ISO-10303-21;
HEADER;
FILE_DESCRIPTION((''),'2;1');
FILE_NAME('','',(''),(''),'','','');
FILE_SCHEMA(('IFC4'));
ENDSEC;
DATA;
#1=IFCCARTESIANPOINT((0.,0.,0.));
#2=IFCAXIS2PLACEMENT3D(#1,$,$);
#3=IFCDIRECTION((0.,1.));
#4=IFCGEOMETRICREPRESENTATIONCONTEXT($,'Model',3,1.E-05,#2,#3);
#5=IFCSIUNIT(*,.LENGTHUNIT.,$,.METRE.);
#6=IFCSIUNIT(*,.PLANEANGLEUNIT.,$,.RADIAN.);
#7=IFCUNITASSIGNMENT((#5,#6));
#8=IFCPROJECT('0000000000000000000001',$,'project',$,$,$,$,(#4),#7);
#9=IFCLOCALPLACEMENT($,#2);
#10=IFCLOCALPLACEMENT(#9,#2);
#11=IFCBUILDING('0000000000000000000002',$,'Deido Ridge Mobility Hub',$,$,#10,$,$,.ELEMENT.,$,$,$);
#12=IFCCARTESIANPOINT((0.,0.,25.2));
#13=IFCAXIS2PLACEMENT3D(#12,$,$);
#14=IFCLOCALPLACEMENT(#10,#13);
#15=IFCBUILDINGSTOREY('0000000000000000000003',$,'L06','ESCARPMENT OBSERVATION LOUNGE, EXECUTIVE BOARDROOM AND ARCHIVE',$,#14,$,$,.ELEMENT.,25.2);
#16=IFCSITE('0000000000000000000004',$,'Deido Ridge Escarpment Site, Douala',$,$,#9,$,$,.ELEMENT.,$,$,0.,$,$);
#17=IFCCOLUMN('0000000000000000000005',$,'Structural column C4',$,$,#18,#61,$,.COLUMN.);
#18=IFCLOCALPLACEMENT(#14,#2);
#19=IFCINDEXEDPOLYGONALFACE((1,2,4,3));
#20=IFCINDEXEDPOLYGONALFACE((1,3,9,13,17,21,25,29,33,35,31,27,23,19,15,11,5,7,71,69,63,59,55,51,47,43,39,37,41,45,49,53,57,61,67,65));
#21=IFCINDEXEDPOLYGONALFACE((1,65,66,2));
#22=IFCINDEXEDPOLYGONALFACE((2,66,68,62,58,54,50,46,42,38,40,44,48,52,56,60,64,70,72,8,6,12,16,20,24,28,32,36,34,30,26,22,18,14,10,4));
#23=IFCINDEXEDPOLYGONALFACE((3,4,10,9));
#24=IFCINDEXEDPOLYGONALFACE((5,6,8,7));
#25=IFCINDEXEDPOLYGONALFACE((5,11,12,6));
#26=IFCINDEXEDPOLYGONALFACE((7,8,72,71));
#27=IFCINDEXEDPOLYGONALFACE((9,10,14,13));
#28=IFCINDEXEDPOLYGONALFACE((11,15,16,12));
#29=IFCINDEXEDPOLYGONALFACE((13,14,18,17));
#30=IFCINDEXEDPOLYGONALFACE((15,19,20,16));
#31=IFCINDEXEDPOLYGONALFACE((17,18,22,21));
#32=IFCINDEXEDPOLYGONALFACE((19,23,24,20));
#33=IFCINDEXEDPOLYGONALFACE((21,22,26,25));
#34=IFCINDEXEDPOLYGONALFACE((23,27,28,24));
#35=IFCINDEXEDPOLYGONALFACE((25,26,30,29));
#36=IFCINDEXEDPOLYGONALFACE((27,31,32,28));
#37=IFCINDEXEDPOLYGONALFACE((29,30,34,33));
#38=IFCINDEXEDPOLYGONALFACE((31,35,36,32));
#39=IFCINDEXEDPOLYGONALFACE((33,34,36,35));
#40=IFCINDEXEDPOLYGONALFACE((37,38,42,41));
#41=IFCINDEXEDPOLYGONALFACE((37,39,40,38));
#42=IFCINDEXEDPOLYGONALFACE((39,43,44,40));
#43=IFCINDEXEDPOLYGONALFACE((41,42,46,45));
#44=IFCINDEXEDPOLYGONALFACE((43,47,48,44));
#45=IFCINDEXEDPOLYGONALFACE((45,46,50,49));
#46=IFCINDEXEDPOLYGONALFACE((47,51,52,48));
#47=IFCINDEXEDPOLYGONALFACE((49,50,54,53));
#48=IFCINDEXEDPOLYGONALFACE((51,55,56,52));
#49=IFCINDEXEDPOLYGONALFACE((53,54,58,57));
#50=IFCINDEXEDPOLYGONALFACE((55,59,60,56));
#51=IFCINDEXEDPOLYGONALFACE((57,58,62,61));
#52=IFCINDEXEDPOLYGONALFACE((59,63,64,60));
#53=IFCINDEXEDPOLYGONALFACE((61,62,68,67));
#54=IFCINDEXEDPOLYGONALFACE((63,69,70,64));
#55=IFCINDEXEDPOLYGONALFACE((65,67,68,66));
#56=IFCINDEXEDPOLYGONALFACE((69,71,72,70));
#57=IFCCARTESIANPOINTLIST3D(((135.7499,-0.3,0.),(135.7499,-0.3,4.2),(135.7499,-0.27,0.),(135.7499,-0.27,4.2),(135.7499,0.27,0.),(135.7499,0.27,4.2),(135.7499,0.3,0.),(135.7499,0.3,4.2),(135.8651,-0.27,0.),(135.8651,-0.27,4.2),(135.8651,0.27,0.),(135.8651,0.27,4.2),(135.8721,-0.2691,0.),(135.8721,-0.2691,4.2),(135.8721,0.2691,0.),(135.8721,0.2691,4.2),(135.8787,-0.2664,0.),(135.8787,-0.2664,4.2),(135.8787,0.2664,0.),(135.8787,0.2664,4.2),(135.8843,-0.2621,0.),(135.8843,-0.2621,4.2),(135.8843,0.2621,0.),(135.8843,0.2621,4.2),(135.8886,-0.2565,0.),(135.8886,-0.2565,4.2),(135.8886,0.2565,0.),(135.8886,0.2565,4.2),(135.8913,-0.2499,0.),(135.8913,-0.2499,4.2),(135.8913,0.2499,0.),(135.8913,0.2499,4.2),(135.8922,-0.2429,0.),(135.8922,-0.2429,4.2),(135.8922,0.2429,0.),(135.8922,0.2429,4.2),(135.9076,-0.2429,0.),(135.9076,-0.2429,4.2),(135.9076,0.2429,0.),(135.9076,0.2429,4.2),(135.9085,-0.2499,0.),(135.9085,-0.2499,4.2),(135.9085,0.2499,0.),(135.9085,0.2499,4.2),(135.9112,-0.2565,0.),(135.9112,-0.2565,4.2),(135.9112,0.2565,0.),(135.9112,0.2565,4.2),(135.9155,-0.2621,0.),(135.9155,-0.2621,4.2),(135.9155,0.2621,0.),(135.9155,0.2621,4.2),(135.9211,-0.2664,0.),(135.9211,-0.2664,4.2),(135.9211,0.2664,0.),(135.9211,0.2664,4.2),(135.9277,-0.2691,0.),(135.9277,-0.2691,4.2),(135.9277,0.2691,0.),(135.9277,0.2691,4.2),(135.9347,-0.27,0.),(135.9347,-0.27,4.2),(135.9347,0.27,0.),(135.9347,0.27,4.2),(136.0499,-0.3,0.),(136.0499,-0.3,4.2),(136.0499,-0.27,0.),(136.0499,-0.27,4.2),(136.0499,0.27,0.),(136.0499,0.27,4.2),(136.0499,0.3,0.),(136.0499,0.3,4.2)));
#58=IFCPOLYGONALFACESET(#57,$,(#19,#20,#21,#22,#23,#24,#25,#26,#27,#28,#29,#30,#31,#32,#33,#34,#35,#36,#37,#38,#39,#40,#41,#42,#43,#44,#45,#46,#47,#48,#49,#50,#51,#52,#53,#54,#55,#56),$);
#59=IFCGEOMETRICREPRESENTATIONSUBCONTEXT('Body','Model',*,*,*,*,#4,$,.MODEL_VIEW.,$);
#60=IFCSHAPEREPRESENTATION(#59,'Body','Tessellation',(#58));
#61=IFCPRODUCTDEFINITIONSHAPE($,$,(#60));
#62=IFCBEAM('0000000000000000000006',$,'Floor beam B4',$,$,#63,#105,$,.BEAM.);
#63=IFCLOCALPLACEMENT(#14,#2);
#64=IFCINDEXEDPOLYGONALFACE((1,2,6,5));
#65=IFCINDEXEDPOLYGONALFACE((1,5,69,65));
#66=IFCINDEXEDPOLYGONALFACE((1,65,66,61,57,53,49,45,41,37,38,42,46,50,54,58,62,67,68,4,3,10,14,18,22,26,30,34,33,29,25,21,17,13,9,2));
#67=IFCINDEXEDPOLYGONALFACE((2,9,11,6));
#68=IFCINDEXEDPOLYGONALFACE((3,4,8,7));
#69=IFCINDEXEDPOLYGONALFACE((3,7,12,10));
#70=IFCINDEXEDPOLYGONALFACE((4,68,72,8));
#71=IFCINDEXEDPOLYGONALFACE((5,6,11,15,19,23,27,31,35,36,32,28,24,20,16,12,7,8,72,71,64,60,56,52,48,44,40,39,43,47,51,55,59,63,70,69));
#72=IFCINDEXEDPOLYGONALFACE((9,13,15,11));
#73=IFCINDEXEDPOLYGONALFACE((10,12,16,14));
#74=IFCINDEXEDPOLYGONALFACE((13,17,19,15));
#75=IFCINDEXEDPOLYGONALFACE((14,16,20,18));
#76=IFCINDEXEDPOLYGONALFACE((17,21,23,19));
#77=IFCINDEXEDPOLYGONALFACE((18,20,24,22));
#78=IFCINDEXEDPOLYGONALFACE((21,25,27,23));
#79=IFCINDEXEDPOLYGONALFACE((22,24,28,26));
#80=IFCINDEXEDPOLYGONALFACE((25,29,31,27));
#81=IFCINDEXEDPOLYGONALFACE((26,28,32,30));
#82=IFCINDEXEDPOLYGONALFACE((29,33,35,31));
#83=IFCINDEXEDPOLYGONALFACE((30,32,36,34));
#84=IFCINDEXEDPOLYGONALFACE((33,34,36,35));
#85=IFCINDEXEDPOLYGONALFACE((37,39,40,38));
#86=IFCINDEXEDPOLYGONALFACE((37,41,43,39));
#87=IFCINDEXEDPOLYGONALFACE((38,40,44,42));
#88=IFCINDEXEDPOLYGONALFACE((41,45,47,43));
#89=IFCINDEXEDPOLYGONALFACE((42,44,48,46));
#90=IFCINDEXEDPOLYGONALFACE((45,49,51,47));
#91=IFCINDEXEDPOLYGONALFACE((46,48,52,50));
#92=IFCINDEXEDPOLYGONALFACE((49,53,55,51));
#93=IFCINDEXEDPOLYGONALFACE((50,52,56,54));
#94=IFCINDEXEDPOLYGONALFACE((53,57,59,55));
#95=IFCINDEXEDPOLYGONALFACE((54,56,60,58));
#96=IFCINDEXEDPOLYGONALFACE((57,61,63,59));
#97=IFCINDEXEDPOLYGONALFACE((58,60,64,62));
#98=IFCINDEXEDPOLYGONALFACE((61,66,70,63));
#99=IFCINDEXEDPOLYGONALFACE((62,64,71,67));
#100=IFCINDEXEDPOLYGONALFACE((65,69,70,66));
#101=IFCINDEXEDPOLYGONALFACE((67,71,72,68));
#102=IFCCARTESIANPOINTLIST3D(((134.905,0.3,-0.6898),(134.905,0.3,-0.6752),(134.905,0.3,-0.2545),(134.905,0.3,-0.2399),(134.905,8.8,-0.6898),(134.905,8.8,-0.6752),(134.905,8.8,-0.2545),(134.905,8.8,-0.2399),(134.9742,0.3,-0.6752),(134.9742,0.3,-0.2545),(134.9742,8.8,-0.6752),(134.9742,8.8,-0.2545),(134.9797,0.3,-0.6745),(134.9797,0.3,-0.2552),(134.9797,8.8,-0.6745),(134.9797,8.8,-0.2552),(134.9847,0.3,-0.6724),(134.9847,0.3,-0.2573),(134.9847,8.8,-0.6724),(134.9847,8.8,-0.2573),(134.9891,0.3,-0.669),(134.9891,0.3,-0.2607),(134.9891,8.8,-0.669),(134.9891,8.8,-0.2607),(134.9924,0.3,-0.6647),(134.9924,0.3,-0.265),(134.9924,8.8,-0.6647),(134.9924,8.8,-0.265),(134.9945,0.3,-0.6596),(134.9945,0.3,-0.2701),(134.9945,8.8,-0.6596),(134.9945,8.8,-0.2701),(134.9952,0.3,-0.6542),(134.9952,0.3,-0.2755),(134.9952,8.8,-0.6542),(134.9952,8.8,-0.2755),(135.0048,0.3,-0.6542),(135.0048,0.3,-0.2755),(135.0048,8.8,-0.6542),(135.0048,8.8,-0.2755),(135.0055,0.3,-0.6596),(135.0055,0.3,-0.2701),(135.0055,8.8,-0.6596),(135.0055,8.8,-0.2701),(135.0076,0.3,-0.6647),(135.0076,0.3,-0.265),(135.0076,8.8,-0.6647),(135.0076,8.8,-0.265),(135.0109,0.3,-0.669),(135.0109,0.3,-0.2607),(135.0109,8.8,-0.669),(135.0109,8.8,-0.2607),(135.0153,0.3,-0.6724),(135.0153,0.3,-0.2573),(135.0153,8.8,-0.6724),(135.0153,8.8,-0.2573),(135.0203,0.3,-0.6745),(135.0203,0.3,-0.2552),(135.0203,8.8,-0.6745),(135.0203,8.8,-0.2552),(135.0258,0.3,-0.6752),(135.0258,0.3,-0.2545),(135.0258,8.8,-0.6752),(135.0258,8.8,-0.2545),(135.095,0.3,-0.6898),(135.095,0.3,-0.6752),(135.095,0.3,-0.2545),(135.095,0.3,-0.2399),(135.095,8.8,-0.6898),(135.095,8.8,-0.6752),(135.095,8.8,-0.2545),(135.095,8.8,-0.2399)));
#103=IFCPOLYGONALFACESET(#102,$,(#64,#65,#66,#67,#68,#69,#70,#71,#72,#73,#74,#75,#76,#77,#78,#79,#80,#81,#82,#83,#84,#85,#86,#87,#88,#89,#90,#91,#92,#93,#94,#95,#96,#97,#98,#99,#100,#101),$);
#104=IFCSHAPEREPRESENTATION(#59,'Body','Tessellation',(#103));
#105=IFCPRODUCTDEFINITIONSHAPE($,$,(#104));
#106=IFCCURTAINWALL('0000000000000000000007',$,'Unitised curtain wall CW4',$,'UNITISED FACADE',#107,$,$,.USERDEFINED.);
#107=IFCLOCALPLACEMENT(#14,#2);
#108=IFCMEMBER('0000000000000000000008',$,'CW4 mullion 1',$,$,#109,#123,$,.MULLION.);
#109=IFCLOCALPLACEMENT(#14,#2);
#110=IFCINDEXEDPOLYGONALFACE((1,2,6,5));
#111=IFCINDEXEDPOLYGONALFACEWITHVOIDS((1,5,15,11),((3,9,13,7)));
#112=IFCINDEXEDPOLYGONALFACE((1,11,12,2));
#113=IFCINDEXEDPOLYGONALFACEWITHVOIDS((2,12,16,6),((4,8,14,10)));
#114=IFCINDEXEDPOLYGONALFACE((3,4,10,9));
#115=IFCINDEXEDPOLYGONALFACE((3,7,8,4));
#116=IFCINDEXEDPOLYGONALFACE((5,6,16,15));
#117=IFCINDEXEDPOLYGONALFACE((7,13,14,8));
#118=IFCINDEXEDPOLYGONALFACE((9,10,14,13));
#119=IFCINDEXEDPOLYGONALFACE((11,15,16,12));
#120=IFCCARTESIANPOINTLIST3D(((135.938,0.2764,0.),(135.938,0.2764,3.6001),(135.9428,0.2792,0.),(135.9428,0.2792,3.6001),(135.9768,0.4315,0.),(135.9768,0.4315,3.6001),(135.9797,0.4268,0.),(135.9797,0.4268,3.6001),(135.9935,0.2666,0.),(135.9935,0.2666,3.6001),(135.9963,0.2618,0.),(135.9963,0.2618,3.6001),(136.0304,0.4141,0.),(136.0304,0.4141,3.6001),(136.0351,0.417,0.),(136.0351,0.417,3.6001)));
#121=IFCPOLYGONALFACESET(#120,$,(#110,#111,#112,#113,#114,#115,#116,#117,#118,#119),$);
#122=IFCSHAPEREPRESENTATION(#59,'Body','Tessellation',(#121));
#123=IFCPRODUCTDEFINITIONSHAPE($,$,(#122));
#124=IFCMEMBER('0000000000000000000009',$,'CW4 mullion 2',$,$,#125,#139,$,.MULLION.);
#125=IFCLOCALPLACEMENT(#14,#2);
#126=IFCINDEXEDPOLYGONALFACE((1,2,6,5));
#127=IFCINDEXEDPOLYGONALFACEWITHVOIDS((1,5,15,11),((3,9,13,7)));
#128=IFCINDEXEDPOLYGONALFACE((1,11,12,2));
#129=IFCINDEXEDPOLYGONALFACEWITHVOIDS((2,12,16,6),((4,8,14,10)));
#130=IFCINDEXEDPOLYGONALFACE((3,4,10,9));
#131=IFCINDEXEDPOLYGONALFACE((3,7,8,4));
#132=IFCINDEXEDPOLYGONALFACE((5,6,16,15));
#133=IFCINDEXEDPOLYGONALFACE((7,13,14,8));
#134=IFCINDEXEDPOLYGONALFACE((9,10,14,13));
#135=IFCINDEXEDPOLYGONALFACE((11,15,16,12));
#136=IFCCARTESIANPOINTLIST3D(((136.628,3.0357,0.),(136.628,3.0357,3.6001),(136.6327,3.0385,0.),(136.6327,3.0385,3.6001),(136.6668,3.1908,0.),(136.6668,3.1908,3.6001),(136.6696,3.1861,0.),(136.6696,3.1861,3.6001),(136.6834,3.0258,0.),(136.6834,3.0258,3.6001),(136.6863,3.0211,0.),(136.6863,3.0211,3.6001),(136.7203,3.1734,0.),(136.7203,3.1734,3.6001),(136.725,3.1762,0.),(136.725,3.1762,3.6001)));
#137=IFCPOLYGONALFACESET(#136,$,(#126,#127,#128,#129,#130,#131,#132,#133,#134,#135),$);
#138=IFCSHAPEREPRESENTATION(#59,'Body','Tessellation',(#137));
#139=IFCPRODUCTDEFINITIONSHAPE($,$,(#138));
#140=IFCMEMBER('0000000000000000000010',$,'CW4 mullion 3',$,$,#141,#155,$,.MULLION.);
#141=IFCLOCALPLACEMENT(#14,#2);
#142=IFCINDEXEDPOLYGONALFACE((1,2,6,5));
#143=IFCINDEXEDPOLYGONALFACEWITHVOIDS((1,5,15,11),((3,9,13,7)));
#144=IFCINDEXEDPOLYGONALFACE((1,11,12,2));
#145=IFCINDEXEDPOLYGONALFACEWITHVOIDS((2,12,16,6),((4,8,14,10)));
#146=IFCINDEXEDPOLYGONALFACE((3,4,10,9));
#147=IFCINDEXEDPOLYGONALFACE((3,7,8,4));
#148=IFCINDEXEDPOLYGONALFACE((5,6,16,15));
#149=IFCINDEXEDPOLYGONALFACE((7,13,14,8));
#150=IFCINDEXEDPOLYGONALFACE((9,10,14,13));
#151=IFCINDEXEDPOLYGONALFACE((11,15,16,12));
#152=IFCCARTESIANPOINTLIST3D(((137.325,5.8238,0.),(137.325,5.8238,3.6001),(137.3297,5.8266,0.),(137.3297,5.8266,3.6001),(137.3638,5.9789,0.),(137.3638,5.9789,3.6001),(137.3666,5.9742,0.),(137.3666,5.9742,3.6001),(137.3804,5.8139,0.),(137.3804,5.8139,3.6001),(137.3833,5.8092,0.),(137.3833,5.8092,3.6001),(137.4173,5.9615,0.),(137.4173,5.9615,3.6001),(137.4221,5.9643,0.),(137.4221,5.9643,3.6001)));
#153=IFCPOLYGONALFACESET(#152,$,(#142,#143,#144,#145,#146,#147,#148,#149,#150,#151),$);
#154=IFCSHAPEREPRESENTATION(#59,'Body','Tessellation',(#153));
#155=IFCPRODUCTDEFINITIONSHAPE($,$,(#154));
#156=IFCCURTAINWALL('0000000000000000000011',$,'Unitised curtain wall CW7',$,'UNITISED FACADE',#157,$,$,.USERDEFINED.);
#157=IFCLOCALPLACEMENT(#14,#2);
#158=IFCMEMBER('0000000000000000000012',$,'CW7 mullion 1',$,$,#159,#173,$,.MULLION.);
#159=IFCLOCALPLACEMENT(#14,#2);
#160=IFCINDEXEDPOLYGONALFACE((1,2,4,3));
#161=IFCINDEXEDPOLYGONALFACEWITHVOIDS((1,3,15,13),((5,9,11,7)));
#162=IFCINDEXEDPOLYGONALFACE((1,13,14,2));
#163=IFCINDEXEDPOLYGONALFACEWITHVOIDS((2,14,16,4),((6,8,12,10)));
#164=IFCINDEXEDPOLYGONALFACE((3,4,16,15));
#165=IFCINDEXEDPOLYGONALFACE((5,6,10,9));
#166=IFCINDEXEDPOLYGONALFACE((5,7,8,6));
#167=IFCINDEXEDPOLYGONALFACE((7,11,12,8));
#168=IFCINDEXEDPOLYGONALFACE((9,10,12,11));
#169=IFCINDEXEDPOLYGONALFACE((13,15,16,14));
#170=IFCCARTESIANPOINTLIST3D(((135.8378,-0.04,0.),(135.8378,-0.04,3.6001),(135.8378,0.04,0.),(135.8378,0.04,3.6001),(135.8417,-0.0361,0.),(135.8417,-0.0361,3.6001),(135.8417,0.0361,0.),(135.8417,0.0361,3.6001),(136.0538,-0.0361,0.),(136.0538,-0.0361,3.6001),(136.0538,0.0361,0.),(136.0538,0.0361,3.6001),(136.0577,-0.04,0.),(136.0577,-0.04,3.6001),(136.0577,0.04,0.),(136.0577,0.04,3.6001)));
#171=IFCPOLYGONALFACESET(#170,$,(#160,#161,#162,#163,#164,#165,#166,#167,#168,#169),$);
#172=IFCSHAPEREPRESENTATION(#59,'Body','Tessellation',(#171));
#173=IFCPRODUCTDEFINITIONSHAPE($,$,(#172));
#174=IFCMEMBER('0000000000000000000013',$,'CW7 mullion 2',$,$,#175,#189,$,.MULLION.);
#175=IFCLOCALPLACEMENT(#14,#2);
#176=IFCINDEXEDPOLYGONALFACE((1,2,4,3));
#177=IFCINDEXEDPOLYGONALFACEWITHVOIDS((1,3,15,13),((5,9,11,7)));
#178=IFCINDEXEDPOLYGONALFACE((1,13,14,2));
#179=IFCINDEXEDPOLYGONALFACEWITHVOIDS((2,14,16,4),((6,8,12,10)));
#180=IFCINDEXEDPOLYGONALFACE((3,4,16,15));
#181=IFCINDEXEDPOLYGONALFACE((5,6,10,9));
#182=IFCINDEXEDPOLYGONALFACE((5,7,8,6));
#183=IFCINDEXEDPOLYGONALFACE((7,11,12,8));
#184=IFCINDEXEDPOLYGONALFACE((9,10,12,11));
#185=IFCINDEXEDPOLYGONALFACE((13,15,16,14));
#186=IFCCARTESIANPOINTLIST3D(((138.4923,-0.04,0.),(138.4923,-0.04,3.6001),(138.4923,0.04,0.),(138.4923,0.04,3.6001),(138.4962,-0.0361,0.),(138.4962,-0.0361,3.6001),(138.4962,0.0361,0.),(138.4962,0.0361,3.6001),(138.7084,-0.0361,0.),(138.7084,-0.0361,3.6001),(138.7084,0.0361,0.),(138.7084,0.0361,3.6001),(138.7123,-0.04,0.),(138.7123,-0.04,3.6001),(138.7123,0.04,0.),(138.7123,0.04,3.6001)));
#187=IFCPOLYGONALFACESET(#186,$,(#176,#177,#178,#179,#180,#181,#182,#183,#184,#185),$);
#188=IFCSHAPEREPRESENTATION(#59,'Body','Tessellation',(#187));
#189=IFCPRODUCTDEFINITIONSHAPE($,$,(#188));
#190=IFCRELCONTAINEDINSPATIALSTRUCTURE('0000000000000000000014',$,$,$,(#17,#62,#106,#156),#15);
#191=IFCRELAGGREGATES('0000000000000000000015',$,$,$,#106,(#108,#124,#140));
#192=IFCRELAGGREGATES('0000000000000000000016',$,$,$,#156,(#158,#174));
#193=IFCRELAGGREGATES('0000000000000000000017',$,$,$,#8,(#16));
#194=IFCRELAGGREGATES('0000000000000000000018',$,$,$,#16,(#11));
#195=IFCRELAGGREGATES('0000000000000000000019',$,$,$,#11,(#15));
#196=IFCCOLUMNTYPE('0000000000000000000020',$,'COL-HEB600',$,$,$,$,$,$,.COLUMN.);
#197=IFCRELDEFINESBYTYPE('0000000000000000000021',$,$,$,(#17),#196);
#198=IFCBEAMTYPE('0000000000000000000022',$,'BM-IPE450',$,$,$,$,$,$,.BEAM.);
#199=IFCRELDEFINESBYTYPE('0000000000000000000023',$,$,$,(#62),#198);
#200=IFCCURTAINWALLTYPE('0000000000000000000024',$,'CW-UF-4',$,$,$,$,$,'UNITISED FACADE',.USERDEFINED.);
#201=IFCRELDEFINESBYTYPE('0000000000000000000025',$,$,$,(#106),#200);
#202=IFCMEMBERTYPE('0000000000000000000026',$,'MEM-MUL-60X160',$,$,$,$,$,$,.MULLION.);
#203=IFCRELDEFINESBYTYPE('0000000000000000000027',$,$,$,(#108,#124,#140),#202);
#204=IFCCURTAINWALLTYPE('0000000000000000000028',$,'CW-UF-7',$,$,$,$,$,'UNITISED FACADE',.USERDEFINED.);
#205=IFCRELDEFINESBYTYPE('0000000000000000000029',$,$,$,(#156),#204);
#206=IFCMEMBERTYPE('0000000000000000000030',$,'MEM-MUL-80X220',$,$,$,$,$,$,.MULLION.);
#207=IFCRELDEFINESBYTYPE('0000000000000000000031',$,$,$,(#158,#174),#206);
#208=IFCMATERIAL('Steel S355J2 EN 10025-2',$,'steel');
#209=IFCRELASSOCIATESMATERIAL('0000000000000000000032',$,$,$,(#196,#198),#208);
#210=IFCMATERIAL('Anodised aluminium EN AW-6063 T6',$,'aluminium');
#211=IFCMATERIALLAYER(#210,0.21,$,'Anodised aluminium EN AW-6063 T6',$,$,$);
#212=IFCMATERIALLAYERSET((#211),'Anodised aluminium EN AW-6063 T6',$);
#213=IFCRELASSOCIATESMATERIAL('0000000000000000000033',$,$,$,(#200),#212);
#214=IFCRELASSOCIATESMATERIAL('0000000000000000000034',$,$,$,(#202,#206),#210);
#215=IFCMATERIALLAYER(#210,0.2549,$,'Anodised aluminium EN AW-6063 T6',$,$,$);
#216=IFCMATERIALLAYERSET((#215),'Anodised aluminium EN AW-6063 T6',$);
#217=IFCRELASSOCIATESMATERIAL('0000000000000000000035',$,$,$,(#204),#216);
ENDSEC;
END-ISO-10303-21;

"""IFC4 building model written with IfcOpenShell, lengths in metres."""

from ifc_helpers import new_model, si_unit, direction, frame, origin, origin_2d, place, context, subcontext, project, spatial, hollow_rectangle, i_section, extrude, material, layer, layer_set, material_profile, profile_set, type_object, element, aggregate, save


model = new_model("IFC4")

# Units and contexts
model_context = context("Model", 3, precision=1e-05, world=origin(), true_north=direction((0.0, 1.0)))
body_context = subcontext(model_context, "Body", "Model", "MODEL_VIEW")
ifc_project = project(units=[si_unit("LENGTHUNIT", "METRE"), si_unit("PLANEANGLEUNIT", "RADIAN")], contexts=[model_context])

# Site, building, storey
site_placement = place(None, origin())
site = spatial("IfcSite", under=ifc_project, at=site_placement, Name="Deido Ridge Escarpment Site, Douala", CompositionType="ELEMENT", RefElevation=0.0)
building_placement = place(site_placement, origin())
building = spatial("IfcBuilding", under=site, at=building_placement, Name="Deido Ridge Mobility Hub", CompositionType="ELEMENT")
storey_placement = place(building_placement, frame((0.0, 0.0, 25.2)))
storey = spatial("IfcBuildingStorey", under=building, at=storey_placement, Name="L06", Description="ESCARPMENT OBSERVATION LOUNGE, EXECUTIVE BOARDROOM AND ARCHIVE", CompositionType="ELEMENT", Elevation=25.2)

# Column
ifc_material_1 = material(Name="Steel S355J2 EN 10025-2", Category="steel")
ifc_material_profile_1 = material_profile(ifc_material_1, i_section(OverallWidth=0.3, OverallDepth=0.6001, WebThickness=0.0154, FlangeThickness=0.03, FilletRadius=0.0271, at=origin_2d()), Name="HEB 600")
ifc_profile_set_1 = profile_set([ifc_material_profile_1], Name="Steel S355J2 EN 10025-2")
column_type = type_object("IfcColumnType", Name="COL-HEB600", PredefinedType="COLUMN", material=ifc_profile_set_1)
column_placement = place(storey_placement, frame((135.8999, 0.0, 0.0), z_axis=(0.0, 0.0, 1.0), x_axis=(1.0, 0.0, 0.0)))
element("IfcColumn", 1, at=column_placement, inside=storey, type_object=column_type, Name="Structural column C4", PredefinedType="COLUMN", context=body_context, shape_type="SweptSolid", body=[
    extrude(i_section(OverallWidth=0.3, OverallDepth=0.6001, WebThickness=0.0154, FlangeThickness=0.03, FilletRadius=0.0271, at=origin_2d()), origin(), (0.0, 0.0, 1.0), 4.2),
])

# Beam
ifc_material_profile_2 = material_profile(ifc_material_1, i_section(OverallWidth=0.1899, OverallDepth=0.45, WebThickness=0.0095, FlangeThickness=0.0146, FilletRadius=0.021, at=origin_2d()), Name="IPE 450")
ifc_profile_set_2 = profile_set([ifc_material_profile_2], Name="Steel S355J2 EN 10025-2")
beam_type_1 = type_object("IfcBeamType", Name="BM-IPE450", PredefinedType="BEAM", material=ifc_profile_set_2)
beam_1_placement = place(storey_placement, frame((135.0, 0.3, -0.4648), z_axis=(0.0, 1.0, 0.0), x_axis=(-1.0, 0.0, 0.0)))
element("IfcBeam", 2, at=beam_1_placement, inside=storey, type_object=beam_type_1, Name="Floor beam B4", PredefinedType="BEAM", context=body_context, shape_type="SweptSolid", body=[
    extrude(i_section(OverallWidth=0.1899, OverallDepth=0.45, WebThickness=0.0095, FlangeThickness=0.0146, FilletRadius=0.021, at=origin_2d()), origin(), (0.0, 0.0, 1.0), 8.5),
])

# Curtain walls, members
ifc_material_2 = material(Name="Anodised aluminium EN AW-6063 T6", Category="aluminium")
ifc_layer_1 = layer(ifc_material_2, 0.21, Name="Anodised aluminium EN AW-6063 T6")
ifc_layer_set_1 = layer_set([ifc_layer_1], Name="Anodised aluminium EN AW-6063 T6")
curtain_wall_type_1 = type_object("IfcCurtainWallType", Name="CW-UF-4", ElementType="UNITISED FACADE", PredefinedType="USERDEFINED", material=ifc_layer_set_1)
curtain_wall_1_placement = place(storey_placement, origin())
curtain_wall_1 = element("IfcCurtainWall", 3, at=curtain_wall_1_placement, inside=storey, type_object=curtain_wall_type_1, Name="Unitised curtain wall CW4", ObjectType="UNITISED FACADE", PredefinedType="USERDEFINED")
ifc_material_profile_3 = material_profile(ifc_material_2, hollow_rectangle(XDim=0.0601, YDim=0.1599, WallThickness=0.0039, at=origin_2d()), Name="RHS 60x160x4")
ifc_profile_set_3 = profile_set([ifc_material_profile_3], Name="Anodised aluminium EN AW-6063 T6")
member_type_1 = type_object("IfcMemberType", Name="MEM-MUL-60X160", PredefinedType="MULLION", material=ifc_profile_set_3)
member_1_placement = place(storey_placement, frame((135.9866, 0.3467, 0.0), z_axis=(0.0, 0.0, 1.0), x_axis=(-0.970143, 0.242536, 0.0)))
member_1 = element("IfcMember", 4, at=member_1_placement, type_object=member_type_1, Name="CW4 mullion 1", PredefinedType="MULLION", context=body_context, shape_type="SweptSolid", body=[
    extrude(hollow_rectangle(XDim=0.0601, YDim=0.1599, WallThickness=0.0039, at=origin_2d()), origin(), (0.0, 0.0, 1.0), 3.6001),
])
member_2_placement = place(storey_placement, frame((136.6765, 3.106, 0.0), z_axis=(0.0, 0.0, 1.0), x_axis=(-0.970143, 0.242536, 0.0)))
member_2 = element("IfcMember", 5, at=member_2_placement, type_object=member_type_1, Name="CW4 mullion 2", PredefinedType="MULLION", context=body_context, shape_type="SweptSolid", body=[
    extrude(hollow_rectangle(XDim=0.0601, YDim=0.1599, WallThickness=0.0039, at=origin_2d()), origin(), (0.0, 0.0, 1.0), 3.6001),
])
member_3_placement = place(storey_placement, frame((137.3735, 5.894, 0.0), z_axis=(0.0, 0.0, 1.0), x_axis=(-0.970143, 0.242536, 0.0)))
member_3 = element("IfcMember", 6, at=member_3_placement, type_object=member_type_1, Name="CW4 mullion 3", PredefinedType="MULLION", context=body_context, shape_type="SweptSolid", body=[
    extrude(hollow_rectangle(XDim=0.0601, YDim=0.1599, WallThickness=0.0039, at=origin_2d()), origin(), (0.0, 0.0, 1.0), 3.6001),
])
ifc_layer_2 = layer(ifc_material_2, 0.2549, Name="Anodised aluminium EN AW-6063 T6")
ifc_layer_set_2 = layer_set([ifc_layer_2], Name="Anodised aluminium EN AW-6063 T6")
curtain_wall_type_2 = type_object("IfcCurtainWallType", Name="CW-UF-7", ElementType="UNITISED FACADE", PredefinedType="USERDEFINED", material=ifc_layer_set_2)
curtain_wall_2_placement = place(storey_placement, origin())
curtain_wall_2 = element("IfcCurtainWall", 7, at=curtain_wall_2_placement, inside=storey, type_object=curtain_wall_type_2, Name="Unitised curtain wall CW7", ObjectType="UNITISED FACADE", PredefinedType="USERDEFINED")
ifc_material_profile_4 = material_profile(ifc_material_2, hollow_rectangle(XDim=0.0801, YDim=0.22, WallThickness=0.0039, at=origin_2d()), Name="RHS 80x220x4")
ifc_profile_set_4 = profile_set([ifc_material_profile_4], Name="Anodised aluminium EN AW-6063 T6")
member_type_2 = type_object("IfcMemberType", Name="MEM-MUL-80X220", PredefinedType="MULLION", material=ifc_profile_set_4)
member_4_placement = place(storey_placement, frame((135.9478, 0.0, 0.0), z_axis=(0.0, 0.0, 1.0), x_axis=(0.0, 1.0, 0.0)))
member_4 = element("IfcMember", 8, at=member_4_placement, type_object=member_type_2, Name="CW7 mullion 1", PredefinedType="MULLION", context=body_context, shape_type="SweptSolid", body=[
    extrude(hollow_rectangle(XDim=0.0801, YDim=0.22, WallThickness=0.0039, at=origin_2d()), origin(), (0.0, 0.0, 1.0), 3.6001),
])
member_5_placement = place(storey_placement, frame((138.6023, 0.0, 0.0), z_axis=(0.0, 0.0, 1.0), x_axis=(0.0, 1.0, 0.0)))
member_5 = element("IfcMember", 9, at=member_5_placement, type_object=member_type_2, Name="CW7 mullion 2", PredefinedType="MULLION", context=body_context, shape_type="SweptSolid", body=[
    extrude(hollow_rectangle(XDim=0.0801, YDim=0.22, WallThickness=0.0039, at=origin_2d()), origin(), (0.0, 0.0, 1.0), 3.6001),
])

aggregate(curtain_wall_1, [member_1, member_2, member_3])
aggregate(curtain_wall_2, [member_4, member_5])

save(model, "model.ifc")
